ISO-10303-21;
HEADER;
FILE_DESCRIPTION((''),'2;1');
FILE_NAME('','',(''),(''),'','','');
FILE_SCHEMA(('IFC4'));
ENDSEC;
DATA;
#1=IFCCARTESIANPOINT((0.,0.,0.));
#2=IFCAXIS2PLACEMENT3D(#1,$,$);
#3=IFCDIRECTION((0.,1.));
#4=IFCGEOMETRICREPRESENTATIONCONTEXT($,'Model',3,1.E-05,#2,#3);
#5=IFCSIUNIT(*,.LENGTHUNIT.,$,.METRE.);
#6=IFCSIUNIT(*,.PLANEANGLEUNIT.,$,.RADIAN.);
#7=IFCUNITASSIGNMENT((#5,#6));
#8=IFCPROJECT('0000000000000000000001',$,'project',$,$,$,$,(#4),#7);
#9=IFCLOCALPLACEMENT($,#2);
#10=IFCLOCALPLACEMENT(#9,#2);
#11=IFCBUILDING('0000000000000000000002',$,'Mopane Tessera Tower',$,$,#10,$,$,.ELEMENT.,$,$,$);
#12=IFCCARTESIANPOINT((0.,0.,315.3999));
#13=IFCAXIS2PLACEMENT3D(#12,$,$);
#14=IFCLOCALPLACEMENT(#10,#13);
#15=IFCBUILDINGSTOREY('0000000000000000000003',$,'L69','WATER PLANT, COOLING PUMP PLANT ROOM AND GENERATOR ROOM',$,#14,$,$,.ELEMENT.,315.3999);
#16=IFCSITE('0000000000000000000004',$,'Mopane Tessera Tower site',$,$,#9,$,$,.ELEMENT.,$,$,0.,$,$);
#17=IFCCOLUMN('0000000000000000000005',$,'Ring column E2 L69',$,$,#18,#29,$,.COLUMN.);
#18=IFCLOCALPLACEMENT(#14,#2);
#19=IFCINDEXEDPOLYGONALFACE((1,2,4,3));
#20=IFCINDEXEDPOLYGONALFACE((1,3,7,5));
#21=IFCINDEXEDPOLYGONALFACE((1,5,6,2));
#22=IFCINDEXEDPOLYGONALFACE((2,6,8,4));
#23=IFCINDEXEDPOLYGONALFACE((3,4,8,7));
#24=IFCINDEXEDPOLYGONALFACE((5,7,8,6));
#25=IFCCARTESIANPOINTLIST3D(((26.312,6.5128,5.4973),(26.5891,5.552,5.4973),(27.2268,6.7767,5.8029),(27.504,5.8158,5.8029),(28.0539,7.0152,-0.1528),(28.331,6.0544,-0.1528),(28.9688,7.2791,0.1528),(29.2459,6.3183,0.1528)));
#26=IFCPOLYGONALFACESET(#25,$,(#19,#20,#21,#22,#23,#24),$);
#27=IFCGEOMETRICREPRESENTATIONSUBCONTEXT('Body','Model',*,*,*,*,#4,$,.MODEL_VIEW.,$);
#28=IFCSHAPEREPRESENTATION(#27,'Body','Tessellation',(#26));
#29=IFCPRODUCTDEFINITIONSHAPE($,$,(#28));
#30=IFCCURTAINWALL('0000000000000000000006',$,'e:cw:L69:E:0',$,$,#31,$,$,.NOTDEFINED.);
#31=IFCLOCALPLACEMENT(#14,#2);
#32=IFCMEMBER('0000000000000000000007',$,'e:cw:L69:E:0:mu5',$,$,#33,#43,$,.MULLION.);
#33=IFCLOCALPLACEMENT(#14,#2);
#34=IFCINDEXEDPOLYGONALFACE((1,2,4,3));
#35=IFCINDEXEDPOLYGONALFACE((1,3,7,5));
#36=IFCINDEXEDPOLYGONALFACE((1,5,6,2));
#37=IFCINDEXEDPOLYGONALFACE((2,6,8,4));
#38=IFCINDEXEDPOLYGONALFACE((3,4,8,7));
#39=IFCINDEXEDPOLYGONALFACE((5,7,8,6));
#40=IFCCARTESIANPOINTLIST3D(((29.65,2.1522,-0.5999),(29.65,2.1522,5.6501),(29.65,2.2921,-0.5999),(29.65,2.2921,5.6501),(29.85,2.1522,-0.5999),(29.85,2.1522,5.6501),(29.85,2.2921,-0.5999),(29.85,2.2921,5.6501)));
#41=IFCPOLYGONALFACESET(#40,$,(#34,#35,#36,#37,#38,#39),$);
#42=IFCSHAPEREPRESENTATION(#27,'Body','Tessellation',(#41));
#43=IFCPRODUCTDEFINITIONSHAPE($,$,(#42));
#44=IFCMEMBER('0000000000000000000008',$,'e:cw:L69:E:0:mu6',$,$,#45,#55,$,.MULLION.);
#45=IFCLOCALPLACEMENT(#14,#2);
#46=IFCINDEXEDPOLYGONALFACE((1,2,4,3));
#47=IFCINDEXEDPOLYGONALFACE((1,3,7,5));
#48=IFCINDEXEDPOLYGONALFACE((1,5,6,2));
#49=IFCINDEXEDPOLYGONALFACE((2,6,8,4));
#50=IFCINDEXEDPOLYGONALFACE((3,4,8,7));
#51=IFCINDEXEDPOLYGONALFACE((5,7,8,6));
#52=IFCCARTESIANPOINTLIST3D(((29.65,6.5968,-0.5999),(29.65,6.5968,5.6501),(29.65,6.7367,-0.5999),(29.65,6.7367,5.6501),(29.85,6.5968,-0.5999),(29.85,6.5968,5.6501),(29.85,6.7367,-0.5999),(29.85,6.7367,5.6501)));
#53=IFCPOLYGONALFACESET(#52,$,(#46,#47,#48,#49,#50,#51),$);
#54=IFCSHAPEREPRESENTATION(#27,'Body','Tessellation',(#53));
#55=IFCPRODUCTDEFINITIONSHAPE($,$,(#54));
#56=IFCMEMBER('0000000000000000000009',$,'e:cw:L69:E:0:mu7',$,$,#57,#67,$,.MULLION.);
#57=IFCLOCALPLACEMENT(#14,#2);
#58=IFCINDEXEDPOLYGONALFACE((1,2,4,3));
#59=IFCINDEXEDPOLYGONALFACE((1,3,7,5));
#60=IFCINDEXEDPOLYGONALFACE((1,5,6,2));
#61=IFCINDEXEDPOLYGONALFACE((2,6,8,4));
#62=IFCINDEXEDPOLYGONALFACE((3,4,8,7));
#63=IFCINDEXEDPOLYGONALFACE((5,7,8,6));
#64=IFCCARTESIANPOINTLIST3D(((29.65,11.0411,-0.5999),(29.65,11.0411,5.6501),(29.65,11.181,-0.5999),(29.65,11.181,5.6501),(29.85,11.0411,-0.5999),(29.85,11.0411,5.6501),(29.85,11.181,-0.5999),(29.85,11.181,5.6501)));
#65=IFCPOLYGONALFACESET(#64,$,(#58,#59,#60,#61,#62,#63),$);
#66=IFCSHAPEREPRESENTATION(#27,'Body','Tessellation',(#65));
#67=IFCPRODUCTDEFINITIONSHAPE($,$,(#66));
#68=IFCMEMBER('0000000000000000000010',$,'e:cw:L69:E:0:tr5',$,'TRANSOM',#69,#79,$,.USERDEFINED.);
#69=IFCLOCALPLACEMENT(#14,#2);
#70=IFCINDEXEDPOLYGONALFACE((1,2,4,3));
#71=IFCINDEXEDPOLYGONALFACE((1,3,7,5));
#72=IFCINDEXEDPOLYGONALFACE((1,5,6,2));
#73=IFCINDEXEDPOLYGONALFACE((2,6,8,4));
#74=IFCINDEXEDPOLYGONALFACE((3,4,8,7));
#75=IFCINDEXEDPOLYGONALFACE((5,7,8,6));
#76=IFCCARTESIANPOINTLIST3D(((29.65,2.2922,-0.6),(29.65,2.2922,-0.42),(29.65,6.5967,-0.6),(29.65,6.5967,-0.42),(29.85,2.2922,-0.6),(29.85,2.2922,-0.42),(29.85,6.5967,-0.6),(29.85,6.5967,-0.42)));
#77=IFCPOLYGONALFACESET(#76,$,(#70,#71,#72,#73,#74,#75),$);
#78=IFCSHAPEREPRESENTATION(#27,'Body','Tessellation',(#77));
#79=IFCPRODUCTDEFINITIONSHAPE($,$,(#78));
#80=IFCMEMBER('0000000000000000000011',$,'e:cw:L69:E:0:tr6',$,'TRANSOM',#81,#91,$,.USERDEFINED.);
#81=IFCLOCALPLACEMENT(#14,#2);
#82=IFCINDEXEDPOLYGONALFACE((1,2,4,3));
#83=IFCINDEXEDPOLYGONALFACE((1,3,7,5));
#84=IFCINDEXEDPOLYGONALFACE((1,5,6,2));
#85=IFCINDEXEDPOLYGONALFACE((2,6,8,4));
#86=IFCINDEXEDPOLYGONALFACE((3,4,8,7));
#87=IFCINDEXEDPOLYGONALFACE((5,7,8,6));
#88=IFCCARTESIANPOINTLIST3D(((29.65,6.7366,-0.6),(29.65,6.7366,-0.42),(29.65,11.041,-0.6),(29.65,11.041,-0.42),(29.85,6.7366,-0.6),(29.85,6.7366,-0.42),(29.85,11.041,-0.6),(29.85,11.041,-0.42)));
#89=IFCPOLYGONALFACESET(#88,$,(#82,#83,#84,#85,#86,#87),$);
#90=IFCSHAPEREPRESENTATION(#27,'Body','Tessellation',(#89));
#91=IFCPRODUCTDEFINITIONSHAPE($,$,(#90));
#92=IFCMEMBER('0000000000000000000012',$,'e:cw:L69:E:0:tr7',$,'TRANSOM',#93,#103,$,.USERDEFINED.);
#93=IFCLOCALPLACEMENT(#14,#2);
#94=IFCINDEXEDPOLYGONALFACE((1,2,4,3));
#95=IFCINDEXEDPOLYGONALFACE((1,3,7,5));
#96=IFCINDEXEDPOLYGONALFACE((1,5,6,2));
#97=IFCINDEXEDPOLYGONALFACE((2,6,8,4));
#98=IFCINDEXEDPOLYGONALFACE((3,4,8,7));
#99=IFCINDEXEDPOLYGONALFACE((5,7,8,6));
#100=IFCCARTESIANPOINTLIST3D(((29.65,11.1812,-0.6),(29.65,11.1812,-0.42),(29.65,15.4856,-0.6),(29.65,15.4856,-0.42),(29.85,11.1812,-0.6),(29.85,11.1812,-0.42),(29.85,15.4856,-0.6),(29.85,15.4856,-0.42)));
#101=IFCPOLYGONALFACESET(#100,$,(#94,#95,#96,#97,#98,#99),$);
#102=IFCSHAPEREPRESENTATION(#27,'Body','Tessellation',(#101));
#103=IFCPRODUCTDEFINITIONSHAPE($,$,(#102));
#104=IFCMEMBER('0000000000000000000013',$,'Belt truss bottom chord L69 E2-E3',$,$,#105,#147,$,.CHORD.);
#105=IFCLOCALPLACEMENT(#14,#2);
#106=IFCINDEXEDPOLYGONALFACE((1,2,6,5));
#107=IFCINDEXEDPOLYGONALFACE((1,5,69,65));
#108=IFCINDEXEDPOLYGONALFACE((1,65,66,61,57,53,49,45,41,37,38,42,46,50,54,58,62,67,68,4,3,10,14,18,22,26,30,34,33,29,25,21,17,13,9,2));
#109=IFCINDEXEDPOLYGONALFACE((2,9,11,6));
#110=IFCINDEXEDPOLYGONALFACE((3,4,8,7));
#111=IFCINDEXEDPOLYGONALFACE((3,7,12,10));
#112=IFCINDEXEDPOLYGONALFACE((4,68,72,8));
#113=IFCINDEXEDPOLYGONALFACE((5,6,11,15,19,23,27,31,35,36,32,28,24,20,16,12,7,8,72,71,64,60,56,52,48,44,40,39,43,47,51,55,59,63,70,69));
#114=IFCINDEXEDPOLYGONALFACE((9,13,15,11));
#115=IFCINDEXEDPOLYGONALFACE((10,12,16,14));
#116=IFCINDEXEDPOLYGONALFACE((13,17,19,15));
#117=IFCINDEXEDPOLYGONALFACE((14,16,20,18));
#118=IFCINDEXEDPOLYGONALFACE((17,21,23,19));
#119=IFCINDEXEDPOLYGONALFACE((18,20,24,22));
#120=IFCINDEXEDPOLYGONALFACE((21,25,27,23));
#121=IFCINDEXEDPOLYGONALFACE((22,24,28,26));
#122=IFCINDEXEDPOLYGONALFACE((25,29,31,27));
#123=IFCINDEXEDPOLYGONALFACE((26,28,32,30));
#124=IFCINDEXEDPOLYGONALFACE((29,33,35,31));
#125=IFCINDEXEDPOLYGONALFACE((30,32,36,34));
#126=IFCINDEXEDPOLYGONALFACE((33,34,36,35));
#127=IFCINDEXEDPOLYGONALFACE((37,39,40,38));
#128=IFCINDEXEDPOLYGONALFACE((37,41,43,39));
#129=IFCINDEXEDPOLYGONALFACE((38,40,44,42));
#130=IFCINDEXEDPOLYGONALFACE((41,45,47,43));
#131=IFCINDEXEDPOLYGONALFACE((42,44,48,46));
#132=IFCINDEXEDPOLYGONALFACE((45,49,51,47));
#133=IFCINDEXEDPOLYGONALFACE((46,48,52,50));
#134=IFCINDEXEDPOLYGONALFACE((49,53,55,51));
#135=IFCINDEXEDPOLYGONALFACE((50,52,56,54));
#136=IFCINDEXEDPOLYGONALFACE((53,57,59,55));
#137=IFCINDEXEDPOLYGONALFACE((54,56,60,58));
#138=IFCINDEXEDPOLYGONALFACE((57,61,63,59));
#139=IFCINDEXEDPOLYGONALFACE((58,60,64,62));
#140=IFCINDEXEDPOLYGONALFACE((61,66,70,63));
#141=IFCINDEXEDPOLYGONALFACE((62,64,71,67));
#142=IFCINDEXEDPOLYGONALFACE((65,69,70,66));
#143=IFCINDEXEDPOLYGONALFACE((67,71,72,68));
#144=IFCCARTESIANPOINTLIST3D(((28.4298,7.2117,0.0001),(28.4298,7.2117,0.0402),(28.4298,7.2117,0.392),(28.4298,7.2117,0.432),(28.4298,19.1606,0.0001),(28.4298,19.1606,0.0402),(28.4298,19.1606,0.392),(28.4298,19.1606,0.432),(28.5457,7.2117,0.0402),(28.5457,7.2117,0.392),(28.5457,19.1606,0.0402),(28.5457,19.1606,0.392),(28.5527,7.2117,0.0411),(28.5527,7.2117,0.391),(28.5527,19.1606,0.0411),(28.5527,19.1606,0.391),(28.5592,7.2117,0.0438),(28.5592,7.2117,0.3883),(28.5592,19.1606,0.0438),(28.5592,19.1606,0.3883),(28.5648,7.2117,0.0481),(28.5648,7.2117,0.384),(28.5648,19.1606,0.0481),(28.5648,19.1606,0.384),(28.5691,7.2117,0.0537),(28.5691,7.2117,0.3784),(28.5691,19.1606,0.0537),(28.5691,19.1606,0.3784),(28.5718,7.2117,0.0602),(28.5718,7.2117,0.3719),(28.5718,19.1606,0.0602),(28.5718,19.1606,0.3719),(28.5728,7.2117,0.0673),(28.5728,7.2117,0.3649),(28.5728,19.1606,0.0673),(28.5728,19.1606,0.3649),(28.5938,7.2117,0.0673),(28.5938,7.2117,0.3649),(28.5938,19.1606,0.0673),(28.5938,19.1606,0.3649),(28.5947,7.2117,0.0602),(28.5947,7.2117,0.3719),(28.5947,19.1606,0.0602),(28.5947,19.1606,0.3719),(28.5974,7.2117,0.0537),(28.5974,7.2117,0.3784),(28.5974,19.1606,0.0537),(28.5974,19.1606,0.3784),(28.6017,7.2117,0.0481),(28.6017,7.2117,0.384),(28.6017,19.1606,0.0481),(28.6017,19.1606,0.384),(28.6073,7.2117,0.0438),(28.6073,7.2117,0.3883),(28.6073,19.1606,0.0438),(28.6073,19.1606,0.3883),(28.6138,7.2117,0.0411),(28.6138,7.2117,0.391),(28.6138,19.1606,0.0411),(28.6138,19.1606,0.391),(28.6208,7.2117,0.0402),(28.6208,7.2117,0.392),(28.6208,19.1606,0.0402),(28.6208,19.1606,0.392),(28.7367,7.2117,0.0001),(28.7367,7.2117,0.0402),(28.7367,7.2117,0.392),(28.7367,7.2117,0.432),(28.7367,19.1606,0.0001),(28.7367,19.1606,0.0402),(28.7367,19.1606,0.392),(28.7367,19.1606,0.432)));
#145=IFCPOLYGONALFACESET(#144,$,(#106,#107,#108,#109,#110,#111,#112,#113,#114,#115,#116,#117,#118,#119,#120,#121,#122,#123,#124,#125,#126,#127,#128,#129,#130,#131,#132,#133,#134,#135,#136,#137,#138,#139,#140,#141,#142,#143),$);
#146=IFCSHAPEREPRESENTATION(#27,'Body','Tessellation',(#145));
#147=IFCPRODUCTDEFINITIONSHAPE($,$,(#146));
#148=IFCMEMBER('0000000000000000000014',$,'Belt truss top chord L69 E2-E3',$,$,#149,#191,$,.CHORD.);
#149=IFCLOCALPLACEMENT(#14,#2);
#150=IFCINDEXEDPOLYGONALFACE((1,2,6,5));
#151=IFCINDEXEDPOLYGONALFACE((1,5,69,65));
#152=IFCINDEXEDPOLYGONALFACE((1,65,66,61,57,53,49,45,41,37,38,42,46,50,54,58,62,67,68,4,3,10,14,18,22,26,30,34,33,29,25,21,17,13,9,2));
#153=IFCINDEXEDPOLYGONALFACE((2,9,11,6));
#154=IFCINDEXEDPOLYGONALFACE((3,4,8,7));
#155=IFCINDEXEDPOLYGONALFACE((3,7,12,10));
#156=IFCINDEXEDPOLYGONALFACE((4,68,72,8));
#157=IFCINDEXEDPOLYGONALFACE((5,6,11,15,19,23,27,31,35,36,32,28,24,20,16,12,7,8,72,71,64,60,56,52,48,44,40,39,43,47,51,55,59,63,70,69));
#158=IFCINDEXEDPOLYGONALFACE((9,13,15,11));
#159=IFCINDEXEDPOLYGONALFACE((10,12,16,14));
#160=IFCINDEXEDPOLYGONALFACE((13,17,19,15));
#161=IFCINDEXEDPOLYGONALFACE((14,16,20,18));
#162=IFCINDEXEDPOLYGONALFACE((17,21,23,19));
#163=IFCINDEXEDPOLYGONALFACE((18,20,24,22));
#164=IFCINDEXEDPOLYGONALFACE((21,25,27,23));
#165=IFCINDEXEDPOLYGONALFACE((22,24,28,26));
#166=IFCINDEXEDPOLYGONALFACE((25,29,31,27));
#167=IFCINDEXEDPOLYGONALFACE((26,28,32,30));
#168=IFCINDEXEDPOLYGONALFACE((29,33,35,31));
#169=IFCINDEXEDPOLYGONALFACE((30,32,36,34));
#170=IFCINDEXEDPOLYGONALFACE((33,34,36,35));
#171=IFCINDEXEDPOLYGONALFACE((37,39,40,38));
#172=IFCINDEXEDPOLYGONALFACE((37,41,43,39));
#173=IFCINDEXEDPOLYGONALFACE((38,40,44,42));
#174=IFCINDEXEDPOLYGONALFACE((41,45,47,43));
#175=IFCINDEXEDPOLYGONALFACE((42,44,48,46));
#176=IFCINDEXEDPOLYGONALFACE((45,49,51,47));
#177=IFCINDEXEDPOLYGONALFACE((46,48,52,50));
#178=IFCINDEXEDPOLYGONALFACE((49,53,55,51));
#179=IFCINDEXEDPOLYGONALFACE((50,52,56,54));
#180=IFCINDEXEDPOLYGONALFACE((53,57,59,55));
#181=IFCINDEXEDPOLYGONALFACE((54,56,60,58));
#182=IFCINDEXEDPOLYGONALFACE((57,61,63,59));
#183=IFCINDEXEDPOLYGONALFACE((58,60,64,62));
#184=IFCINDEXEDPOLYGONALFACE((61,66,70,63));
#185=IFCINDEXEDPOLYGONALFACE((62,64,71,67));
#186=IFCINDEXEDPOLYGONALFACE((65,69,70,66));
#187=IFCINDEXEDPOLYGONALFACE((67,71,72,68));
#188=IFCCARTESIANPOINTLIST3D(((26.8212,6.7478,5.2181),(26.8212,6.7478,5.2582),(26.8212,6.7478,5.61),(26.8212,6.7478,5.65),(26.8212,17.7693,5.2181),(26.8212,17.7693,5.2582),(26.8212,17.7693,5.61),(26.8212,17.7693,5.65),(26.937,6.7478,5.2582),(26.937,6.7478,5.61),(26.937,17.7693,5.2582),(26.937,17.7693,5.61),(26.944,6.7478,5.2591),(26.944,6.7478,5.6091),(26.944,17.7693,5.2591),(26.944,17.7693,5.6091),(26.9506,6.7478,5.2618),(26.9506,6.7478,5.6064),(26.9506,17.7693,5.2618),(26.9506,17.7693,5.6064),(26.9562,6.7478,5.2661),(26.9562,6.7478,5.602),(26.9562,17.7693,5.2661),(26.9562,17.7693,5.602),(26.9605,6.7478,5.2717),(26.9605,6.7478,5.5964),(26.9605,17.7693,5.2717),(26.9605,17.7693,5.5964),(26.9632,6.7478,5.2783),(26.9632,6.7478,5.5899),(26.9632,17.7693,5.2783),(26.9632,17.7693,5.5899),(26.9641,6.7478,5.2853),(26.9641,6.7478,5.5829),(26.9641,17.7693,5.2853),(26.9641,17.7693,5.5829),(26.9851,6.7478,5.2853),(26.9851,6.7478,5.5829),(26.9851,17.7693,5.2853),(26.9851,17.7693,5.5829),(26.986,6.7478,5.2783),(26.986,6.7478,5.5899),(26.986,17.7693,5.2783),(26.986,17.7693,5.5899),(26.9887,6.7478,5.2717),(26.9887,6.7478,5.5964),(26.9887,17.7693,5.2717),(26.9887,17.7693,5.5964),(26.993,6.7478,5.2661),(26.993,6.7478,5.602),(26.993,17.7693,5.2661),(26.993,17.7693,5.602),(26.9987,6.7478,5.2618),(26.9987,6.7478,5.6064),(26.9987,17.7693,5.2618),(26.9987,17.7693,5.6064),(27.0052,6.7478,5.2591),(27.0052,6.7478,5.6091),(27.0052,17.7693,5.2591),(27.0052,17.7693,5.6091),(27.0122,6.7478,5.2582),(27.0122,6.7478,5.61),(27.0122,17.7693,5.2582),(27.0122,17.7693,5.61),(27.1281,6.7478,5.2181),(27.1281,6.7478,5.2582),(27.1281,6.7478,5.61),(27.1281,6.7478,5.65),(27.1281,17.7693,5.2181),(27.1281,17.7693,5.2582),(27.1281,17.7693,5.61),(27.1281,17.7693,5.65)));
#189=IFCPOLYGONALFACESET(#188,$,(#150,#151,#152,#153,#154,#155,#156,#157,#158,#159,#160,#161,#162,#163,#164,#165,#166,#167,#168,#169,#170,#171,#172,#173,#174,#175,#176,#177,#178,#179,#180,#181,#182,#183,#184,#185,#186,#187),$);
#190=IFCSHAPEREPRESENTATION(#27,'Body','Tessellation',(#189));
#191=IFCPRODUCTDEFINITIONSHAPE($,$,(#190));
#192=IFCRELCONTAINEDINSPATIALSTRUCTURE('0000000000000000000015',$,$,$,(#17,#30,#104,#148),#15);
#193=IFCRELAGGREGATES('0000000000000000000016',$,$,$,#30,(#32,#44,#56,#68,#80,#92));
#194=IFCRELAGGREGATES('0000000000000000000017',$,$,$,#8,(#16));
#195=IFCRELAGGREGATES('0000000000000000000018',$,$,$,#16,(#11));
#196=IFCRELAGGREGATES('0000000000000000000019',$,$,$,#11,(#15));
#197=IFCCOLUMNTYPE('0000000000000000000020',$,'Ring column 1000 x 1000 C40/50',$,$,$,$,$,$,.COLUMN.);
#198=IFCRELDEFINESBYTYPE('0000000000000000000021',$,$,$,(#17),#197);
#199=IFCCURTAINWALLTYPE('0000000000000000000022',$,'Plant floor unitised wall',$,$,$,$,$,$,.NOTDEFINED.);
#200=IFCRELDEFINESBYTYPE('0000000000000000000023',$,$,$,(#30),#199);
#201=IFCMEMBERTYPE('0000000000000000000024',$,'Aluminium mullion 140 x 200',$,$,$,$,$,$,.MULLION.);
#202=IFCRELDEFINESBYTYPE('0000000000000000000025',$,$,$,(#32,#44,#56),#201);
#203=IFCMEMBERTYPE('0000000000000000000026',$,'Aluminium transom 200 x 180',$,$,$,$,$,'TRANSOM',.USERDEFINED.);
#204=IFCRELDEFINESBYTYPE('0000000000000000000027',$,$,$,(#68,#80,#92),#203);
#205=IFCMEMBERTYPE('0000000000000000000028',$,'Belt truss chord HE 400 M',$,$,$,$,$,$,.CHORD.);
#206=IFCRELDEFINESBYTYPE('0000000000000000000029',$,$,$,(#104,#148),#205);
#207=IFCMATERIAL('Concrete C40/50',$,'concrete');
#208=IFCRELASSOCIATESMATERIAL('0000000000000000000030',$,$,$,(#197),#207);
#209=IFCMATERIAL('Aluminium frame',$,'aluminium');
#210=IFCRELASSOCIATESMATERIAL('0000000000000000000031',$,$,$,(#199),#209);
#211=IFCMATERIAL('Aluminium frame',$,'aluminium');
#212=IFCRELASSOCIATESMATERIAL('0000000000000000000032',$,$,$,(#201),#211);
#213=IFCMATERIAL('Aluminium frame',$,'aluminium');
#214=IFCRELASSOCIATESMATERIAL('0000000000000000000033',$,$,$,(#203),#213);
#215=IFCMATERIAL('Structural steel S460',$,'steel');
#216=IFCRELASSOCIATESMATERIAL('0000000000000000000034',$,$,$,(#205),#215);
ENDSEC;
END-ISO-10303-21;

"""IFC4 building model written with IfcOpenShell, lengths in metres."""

from ifc_helpers import new_model, si_unit, direction, frame, origin, origin_2d, place, context, subcontext, project, spatial, rectangle, i_section, extrude, material, material_profile, profile_set, type_object, element, aggregate, save


model = new_model("IFC4")

# Units and contexts
model_context = context("Model", 3, precision=1e-05, world=origin(), true_north=direction((0.0, 1.0)))
body_context = subcontext(model_context, "Body", "Model", "MODEL_VIEW")
ifc_project = project(units=[si_unit("LENGTHUNIT", "METRE"), si_unit("PLANEANGLEUNIT", "RADIAN")], contexts=[model_context])

# Site, building, storey
site_placement = place(None, origin())
site = spatial("IfcSite", under=ifc_project, at=site_placement, Name="Mopane Tessera Tower site", CompositionType="ELEMENT", RefElevation=0.0)
building_placement = place(site_placement, origin())
building = spatial("IfcBuilding", under=site, at=building_placement, Name="Mopane Tessera Tower", CompositionType="ELEMENT")
storey_placement = place(building_placement, frame((0.0, 0.0, 315.3999)))
storey = spatial("IfcBuildingStorey", under=building, at=storey_placement, Name="L69", Description="WATER PLANT, COOLING PUMP PLANT ROOM AND GENERATOR ROOM", CompositionType="ELEMENT", Elevation=315.3999)

# Column
ifc_material_1 = material(Name="Concrete C40/50", Category="concrete")
ifc_material_profile_1 = material_profile(ifc_material_1, rectangle(XDim=1.0, YDim=1.0, at=origin_2d()))
ifc_profile_set_1 = profile_set([ifc_material_profile_1], Name="Concrete C40/50")
column_type = type_object("IfcColumnType", Name="Ring column 1000 x 1000 C40/50", PredefinedType="COLUMN", material=ifc_profile_set_1)
column_placement = place(storey_placement, frame((28.6499, 6.6667, 0.0), z_axis=(-0.293559, -0.084673, 0.952184), x_axis=(0.277139, -0.96083, 0.0)))
element("IfcColumn", 1, at=column_placement, inside=storey, type_object=column_type, Name="Ring column E2 L69", PredefinedType="COLUMN", context=body_context, shape_type="SweptSolid", body=[
    extrude(rectangle(XDim=1.0, YDim=1.0, at=origin_2d()), origin(), (0.0, 0.0, 1.0), 5.9338),
])

# Curtain wall, members
ifc_material_2 = material(Name="Aluminium frame", Category="aluminium")
curtain_wall_type = type_object("IfcCurtainWallType", Name="Plant floor unitised wall", PredefinedType="NOTDEFINED", material=ifc_material_2)
curtain_wall_placement = place(storey_placement, origin())
curtain_wall = element("IfcCurtainWall", 2, at=curtain_wall_placement, inside=storey, type_object=curtain_wall_type, Name="e:cw:L69:E:0", PredefinedType="NOTDEFINED")
ifc_material_3 = material(Name="Aluminium frame", Category="aluminium")
ifc_material_profile_2 = material_profile(ifc_material_3, rectangle(XDim=0.1399, YDim=0.2, at=origin_2d()))
ifc_profile_set_2 = profile_set([ifc_material_profile_2], Name="Aluminium frame")
member_type_1 = type_object("IfcMemberType", Name="Aluminium mullion 140 x 200", PredefinedType="MULLION", material=ifc_profile_set_2)
member_1_placement = place(storey_placement, frame((29.75, 2.2222, -0.5999), z_axis=(0.0, 0.0, 1.0), x_axis=(0.0, 1.0, 0.0)))
member_1 = element("IfcMember", 3, at=member_1_placement, type_object=member_type_1, Name="e:cw:L69:E:0:mu5", PredefinedType="MULLION", context=body_context, shape_type="SweptSolid", body=[
    extrude(rectangle(XDim=0.1399, YDim=0.2, at=origin_2d()), origin(), (0.0, 0.0, 1.0), 6.25),
])
member_2_placement = place(storey_placement, frame((29.75, 6.6667, -0.5999), z_axis=(0.0, 0.0, 1.0), x_axis=(0.0, 1.0, 0.0)))
member_2 = element("IfcMember", 4, at=member_2_placement, type_object=member_type_1, Name="e:cw:L69:E:0:mu6", PredefinedType="MULLION", context=body_context, shape_type="SweptSolid", body=[
    extrude(rectangle(XDim=0.1399, YDim=0.2, at=origin_2d()), origin(), (0.0, 0.0, 1.0), 6.25),
])
member_3_placement = place(storey_placement, frame((29.75, 11.1111, -0.5999), z_axis=(0.0, 0.0, 1.0), x_axis=(0.0, 1.0, 0.0)))
member_3 = element("IfcMember", 5, at=member_3_placement, type_object=member_type_1, Name="e:cw:L69:E:0:mu7", PredefinedType="MULLION", context=body_context, shape_type="SweptSolid", body=[
    extrude(rectangle(XDim=0.1399, YDim=0.2, at=origin_2d()), origin(), (0.0, 0.0, 1.0), 6.25),
])
ifc_material_4 = material(Name="Aluminium frame", Category="aluminium")
ifc_material_profile_3 = material_profile(ifc_material_4, rectangle(XDim=0.2, YDim=0.1799, at=origin_2d()))
ifc_profile_set_3 = profile_set([ifc_material_profile_3], Name="Aluminium frame")
member_type_2 = type_object("IfcMemberType", Name="Aluminium transom 200 x 180", ElementType="TRANSOM", PredefinedType="USERDEFINED", material=ifc_profile_set_3)
member_4_placement = place(storey_placement, frame((29.75, 2.2922, -0.51), z_axis=(0.0, 1.0, 0.0), x_axis=(-1.0, 0.0, 0.0)))
member_4 = element("IfcMember", 6, at=member_4_placement, type_object=member_type_2, Name="e:cw:L69:E:0:tr5", ObjectType="TRANSOM", PredefinedType="USERDEFINED", context=body_context, shape_type="SweptSolid", body=[
    extrude(rectangle(XDim=0.2, YDim=0.1799, at=origin_2d()), origin(), (0.0, 0.0, 1.0), 4.3044),
])
member_5_placement = place(storey_placement, frame((29.75, 6.7366, -0.51), z_axis=(0.0, 1.0, 0.0), x_axis=(-1.0, 0.0, 0.0)))
member_5 = element("IfcMember", 7, at=member_5_placement, type_object=member_type_2, Name="e:cw:L69:E:0:tr6", ObjectType="TRANSOM", PredefinedType="USERDEFINED", context=body_context, shape_type="SweptSolid", body=[
    extrude(rectangle(XDim=0.2, YDim=0.1799, at=origin_2d()), origin(), (0.0, 0.0, 1.0), 4.3044),
])
member_6_placement = place(storey_placement, frame((29.75, 11.1812, -0.51), z_axis=(0.0, 1.0, 0.0), x_axis=(-1.0, 0.0, 0.0)))
member_6 = element("IfcMember", 8, at=member_6_placement, type_object=member_type_2, Name="e:cw:L69:E:0:tr7", ObjectType="TRANSOM", PredefinedType="USERDEFINED", context=body_context, shape_type="SweptSolid", body=[
    extrude(rectangle(XDim=0.2, YDim=0.1799, at=origin_2d()), origin(), (0.0, 0.0, 1.0), 4.3044),
])

# Members
ifc_material_5 = material(Name="Structural steel S460", Category="steel")
ifc_material_profile_4 = material_profile(ifc_material_5, i_section(OverallWidth=0.3069, OverallDepth=0.4319, WebThickness=0.021, FlangeThickness=0.04, FilletRadius=0.0271, at=origin_2d()))
ifc_profile_set_4 = profile_set([ifc_material_profile_4], Name="Structural steel S460")
member_type_3 = type_object("IfcMemberType", Name="Belt truss chord HE 400 M", PredefinedType="CHORD", material=ifc_profile_set_4)
member_7_placement = place(storey_placement, frame((28.5833, 7.2117, 0.2161), z_axis=(0.0, 1.0, 0.0), x_axis=(-1.0, 0.0, 0.0)))
element("IfcMember", 9, at=member_7_placement, inside=storey, type_object=member_type_3, Name="Belt truss bottom chord L69 E2-E3", PredefinedType="CHORD", context=body_context, shape_type="SweptSolid", body=[
    extrude(i_section(OverallWidth=0.3069, OverallDepth=0.4319, WebThickness=0.021, FlangeThickness=0.04, FilletRadius=0.0271, at=origin_2d()), origin(), (0.0, 0.0, 1.0), 11.949),
])
member_8_placement = place(storey_placement, frame((26.9746, 6.7478, 5.4341), z_axis=(0.0, 1.0, 0.0), x_axis=(-1.0, 0.0, 0.0)))
element("IfcMember", 10, at=member_8_placement, inside=storey, type_object=member_type_3, Name="Belt truss top chord L69 E2-E3", PredefinedType="CHORD", context=body_context, shape_type="SweptSolid", body=[
    extrude(i_section(OverallWidth=0.3069, OverallDepth=0.4319, WebThickness=0.021, FlangeThickness=0.04, FilletRadius=0.0271, at=origin_2d()), origin(), (0.0, 0.0, 1.0), 11.0215),
])

aggregate(curtain_wall, [member_1, member_2, member_3, member_4, member_5, member_6])

save(model, "model.ifc")
